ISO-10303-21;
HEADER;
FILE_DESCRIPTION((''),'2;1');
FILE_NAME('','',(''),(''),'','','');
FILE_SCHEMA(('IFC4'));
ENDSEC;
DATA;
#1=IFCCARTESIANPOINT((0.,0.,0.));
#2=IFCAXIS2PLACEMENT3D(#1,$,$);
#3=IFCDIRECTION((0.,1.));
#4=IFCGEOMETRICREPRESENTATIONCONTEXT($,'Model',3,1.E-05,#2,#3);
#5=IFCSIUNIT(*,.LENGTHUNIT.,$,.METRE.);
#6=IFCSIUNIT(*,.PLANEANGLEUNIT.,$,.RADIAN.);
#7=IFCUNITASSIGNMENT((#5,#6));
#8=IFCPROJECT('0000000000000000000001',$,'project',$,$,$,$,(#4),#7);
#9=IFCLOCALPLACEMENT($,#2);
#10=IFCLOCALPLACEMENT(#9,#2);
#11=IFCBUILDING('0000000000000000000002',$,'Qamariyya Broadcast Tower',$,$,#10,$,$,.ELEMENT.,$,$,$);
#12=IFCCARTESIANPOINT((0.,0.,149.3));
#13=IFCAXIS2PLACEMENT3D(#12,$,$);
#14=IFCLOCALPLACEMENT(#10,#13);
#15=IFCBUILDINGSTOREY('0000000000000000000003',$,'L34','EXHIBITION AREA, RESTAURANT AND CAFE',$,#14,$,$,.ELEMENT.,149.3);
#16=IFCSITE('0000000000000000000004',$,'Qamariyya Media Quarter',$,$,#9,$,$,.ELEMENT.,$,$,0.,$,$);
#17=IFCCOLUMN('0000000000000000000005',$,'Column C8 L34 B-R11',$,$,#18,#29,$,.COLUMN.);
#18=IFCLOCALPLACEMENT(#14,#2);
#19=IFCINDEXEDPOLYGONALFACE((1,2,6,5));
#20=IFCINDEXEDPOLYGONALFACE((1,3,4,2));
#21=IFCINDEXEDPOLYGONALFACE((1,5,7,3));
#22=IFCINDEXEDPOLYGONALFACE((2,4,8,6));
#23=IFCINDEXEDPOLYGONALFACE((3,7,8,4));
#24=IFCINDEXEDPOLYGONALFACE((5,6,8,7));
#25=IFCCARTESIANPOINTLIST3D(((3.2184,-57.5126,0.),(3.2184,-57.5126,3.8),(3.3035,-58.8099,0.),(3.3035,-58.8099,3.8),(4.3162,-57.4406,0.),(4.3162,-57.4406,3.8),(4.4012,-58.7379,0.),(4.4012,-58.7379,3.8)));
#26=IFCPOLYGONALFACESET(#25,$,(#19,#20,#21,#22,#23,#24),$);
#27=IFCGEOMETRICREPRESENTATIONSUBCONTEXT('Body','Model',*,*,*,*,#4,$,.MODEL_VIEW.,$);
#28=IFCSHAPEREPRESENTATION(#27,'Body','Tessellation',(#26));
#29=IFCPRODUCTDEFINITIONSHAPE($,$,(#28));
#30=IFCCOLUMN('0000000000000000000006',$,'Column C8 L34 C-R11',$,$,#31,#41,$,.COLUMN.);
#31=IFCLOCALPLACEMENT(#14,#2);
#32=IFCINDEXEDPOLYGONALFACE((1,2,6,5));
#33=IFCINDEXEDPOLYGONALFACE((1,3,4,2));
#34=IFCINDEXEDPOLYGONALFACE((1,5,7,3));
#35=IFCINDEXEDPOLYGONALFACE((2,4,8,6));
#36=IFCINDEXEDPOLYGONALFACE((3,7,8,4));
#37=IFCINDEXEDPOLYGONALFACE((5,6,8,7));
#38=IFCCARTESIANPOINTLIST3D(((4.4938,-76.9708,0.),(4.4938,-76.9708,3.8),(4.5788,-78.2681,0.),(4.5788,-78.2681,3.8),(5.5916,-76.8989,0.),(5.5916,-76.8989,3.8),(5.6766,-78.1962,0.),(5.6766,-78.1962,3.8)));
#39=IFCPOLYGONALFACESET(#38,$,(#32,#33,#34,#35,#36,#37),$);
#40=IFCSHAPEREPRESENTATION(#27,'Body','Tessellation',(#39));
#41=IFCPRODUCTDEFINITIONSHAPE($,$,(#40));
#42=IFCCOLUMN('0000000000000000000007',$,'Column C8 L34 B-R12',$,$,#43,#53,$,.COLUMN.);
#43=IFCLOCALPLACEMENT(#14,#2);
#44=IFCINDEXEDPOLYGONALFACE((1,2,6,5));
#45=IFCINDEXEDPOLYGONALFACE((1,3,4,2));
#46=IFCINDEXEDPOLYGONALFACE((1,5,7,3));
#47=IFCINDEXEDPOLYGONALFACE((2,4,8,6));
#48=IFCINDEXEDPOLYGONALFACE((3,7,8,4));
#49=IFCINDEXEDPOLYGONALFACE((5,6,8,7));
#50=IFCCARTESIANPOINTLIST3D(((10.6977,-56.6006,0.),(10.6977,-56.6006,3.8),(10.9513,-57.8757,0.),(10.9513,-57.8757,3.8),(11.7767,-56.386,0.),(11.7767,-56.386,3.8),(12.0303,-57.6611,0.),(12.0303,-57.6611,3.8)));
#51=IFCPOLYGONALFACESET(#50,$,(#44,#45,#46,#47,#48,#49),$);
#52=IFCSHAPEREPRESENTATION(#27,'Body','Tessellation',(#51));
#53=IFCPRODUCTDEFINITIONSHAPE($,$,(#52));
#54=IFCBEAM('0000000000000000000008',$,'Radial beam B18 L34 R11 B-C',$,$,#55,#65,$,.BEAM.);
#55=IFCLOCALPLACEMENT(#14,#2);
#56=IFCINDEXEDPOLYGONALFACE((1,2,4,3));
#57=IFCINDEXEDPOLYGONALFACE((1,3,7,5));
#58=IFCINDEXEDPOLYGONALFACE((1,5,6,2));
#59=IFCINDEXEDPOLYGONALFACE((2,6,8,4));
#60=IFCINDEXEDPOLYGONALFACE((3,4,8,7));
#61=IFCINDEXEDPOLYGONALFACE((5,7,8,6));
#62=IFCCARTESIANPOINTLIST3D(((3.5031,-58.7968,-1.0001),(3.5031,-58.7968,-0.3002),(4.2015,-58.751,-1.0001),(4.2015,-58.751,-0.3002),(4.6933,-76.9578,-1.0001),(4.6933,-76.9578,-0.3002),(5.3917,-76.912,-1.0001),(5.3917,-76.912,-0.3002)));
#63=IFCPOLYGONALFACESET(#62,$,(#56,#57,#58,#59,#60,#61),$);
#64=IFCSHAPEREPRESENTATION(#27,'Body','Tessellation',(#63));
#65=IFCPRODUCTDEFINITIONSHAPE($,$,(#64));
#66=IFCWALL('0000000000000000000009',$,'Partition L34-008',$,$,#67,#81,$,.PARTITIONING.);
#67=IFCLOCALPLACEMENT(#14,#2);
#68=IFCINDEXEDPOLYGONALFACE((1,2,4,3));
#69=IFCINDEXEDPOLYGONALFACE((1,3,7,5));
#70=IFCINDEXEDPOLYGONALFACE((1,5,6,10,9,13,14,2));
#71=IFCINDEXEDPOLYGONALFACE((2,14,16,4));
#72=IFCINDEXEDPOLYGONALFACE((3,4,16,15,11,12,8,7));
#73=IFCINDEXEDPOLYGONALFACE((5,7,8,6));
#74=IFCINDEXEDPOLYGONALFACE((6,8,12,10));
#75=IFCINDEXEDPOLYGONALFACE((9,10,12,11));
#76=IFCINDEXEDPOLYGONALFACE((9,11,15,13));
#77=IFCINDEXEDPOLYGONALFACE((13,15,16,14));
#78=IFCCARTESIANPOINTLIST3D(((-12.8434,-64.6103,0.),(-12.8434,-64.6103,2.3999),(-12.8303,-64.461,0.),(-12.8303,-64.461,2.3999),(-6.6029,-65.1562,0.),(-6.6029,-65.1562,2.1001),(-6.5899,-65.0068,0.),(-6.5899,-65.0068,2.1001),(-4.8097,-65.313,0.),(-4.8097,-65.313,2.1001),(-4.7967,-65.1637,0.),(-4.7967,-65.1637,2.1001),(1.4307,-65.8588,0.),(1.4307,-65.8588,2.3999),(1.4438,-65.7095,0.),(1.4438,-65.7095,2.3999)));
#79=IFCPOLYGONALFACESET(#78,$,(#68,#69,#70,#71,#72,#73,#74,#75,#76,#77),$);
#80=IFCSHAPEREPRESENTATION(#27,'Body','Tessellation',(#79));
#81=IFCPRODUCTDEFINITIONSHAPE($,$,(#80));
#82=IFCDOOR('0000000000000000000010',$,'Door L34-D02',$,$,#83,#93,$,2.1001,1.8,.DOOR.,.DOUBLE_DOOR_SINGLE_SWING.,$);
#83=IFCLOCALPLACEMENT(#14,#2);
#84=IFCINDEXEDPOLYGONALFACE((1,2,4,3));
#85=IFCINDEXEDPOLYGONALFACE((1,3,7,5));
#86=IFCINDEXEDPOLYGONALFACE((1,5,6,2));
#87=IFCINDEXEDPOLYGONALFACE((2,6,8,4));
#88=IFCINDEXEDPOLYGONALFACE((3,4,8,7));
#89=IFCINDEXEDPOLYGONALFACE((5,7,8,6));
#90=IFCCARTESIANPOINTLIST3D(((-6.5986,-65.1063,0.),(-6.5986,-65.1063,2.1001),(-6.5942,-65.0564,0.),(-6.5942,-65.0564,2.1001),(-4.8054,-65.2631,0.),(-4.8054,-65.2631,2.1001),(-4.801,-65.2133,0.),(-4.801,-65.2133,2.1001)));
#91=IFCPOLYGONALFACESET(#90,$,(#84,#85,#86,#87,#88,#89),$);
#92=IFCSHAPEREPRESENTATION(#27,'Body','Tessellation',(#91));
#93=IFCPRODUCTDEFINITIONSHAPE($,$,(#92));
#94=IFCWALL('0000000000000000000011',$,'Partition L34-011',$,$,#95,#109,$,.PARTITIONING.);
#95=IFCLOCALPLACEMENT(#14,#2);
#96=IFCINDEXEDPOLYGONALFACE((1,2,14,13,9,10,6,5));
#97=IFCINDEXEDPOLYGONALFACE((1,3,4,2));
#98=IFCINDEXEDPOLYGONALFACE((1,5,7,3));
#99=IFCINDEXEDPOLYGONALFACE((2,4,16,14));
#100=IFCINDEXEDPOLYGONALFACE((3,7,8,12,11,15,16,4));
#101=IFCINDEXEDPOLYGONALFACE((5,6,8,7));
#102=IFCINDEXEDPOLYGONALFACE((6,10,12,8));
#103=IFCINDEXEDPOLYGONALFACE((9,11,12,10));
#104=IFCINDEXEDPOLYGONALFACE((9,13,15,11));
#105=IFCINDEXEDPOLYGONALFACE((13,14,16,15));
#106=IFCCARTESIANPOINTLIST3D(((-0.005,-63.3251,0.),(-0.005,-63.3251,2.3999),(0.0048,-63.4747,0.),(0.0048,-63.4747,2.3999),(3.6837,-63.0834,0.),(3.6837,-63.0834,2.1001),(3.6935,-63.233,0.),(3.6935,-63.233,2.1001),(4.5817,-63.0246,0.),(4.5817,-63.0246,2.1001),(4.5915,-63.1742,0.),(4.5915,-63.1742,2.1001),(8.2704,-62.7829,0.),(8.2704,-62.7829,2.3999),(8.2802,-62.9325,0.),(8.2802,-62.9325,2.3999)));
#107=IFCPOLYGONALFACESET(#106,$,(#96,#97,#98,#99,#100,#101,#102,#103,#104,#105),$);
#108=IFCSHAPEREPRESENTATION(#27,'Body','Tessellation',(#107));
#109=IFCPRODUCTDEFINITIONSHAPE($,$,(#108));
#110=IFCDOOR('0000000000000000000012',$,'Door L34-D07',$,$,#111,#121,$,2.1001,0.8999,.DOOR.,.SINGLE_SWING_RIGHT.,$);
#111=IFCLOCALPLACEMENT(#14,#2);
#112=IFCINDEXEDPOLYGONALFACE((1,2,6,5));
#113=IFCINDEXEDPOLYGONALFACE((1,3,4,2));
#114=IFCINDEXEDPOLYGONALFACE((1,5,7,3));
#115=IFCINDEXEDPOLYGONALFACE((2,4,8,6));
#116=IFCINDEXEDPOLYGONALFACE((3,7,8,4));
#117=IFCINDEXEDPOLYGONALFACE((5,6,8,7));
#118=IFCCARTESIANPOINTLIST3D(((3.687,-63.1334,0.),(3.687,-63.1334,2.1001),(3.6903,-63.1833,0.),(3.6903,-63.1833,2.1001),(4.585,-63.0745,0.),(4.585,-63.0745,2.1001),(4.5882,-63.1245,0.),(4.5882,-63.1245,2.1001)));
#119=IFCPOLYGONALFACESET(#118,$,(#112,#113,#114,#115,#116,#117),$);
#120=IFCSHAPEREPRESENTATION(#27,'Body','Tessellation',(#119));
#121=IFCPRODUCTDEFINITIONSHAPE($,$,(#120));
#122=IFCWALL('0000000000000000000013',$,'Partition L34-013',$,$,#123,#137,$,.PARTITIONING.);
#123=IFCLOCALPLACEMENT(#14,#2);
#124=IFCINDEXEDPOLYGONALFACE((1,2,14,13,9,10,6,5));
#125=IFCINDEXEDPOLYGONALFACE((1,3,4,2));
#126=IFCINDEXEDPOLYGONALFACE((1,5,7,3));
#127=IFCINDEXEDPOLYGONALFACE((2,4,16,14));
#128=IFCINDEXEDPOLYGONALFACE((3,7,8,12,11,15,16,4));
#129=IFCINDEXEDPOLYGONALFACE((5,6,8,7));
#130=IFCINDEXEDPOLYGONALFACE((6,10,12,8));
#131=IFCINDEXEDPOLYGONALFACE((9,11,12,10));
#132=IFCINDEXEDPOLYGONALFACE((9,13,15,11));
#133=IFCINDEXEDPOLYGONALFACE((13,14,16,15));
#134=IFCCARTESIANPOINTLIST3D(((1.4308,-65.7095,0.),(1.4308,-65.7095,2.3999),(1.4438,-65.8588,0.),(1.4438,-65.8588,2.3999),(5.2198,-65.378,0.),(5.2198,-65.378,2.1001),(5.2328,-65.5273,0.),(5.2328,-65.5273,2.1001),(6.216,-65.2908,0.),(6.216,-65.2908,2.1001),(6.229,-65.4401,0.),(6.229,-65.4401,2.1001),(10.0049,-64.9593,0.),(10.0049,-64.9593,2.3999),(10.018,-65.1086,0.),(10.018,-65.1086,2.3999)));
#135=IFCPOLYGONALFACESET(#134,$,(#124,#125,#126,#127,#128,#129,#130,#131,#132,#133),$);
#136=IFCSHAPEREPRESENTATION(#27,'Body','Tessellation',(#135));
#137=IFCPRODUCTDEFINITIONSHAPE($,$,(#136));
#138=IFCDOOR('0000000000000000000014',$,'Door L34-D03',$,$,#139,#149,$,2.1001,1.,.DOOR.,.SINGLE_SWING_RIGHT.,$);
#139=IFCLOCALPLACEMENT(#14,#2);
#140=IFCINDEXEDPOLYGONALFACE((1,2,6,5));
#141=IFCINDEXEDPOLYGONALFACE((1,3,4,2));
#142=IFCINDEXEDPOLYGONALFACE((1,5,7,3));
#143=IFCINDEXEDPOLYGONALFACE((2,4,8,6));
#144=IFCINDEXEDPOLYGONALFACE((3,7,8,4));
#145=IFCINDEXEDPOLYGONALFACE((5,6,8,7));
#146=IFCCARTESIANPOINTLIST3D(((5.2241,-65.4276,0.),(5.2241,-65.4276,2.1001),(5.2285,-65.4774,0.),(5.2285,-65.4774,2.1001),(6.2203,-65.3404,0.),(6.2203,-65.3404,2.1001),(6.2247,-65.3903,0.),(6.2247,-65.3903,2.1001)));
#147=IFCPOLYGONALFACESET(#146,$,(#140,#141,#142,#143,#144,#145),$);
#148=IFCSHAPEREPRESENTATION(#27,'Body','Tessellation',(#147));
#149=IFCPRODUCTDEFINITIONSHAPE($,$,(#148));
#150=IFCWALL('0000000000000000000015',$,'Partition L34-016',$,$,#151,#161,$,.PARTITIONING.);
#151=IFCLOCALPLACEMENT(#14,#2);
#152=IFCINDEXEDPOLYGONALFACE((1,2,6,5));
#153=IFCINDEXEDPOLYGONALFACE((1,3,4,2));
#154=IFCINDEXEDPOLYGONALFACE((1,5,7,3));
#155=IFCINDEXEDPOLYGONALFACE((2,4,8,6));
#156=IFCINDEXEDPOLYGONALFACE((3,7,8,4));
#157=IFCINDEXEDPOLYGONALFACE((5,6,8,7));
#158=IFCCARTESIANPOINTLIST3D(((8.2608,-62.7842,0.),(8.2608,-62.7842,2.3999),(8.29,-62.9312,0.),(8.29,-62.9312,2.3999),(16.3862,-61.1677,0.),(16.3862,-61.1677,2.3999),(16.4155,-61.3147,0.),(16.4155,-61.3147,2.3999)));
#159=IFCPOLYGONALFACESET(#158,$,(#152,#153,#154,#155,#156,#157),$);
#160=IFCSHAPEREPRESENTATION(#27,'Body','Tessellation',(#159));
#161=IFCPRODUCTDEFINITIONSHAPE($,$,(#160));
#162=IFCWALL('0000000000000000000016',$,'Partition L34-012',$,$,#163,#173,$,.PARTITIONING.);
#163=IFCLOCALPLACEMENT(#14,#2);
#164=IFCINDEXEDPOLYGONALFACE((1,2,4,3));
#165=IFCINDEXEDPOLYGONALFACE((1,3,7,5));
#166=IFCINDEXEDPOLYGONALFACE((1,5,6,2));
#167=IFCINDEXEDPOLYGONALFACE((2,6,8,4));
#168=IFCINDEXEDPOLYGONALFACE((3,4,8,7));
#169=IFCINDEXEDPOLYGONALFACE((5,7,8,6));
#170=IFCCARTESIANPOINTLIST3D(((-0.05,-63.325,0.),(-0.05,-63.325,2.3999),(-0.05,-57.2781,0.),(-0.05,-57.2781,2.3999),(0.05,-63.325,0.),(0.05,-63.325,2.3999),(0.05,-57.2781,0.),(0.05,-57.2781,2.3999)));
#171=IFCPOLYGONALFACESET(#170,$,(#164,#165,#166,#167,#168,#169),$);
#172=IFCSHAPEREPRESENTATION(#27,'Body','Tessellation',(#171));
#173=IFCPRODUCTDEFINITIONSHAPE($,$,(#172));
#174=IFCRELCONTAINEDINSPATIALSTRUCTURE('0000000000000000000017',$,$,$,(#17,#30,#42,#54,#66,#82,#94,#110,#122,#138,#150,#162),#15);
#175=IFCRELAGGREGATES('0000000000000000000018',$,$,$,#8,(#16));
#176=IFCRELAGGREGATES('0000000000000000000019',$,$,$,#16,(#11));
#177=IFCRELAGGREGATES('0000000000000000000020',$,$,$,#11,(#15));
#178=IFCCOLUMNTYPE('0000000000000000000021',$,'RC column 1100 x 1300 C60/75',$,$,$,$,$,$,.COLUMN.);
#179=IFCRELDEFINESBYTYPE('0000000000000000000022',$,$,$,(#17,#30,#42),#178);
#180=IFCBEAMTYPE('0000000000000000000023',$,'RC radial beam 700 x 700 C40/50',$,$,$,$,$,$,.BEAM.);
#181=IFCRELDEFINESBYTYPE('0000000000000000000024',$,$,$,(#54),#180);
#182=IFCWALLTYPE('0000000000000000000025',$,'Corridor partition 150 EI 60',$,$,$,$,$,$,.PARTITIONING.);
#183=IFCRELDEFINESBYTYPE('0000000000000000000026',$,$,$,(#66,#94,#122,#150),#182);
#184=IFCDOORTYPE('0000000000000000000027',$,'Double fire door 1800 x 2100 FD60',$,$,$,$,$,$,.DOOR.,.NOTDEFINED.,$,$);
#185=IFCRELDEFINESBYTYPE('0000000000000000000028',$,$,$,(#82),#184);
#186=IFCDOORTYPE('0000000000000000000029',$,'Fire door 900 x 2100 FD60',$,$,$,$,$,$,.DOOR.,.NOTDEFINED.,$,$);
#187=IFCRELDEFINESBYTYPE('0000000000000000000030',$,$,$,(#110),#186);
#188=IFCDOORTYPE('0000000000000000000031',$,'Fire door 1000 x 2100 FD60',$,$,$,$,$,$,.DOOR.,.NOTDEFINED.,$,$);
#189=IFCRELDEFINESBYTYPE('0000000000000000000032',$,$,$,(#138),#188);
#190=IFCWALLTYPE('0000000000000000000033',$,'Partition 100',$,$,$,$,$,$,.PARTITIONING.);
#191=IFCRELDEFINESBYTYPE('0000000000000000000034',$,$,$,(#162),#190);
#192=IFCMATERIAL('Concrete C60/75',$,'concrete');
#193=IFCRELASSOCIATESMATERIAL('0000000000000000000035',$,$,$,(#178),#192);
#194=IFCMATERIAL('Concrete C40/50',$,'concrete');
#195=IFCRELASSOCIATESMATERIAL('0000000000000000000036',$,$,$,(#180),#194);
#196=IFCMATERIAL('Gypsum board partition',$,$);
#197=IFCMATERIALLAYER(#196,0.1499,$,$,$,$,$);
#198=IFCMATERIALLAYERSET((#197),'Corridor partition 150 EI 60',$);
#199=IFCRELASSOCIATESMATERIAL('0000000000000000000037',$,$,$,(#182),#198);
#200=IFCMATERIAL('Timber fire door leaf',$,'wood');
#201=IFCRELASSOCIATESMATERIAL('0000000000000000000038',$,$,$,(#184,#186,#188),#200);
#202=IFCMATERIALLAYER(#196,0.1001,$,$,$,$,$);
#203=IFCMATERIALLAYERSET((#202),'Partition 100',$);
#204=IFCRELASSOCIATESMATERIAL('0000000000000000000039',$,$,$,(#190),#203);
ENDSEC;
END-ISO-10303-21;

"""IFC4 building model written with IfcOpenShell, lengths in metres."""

from ifc_helpers import new_model, si_unit, direction, frame, frame_2d, origin, origin_2d, place, context, subcontext, project, spatial, rectangle, extrude, material, layer, layer_set, material_profile, profile_set, type_object, element, fill, save


model = new_model("IFC4")

# Units and contexts
model_context = context("Model", 3, precision=1e-05, world=origin(), true_north=direction((0.0, 1.0)))
body_context = subcontext(model_context, "Body", "Model", "MODEL_VIEW")
ifc_project = project(units=[si_unit("LENGTHUNIT", "METRE"), si_unit("PLANEANGLEUNIT", "RADIAN")], contexts=[model_context])

# Site, building, storey
site_placement = place(None, origin())
site = spatial("IfcSite", under=ifc_project, at=site_placement, Name="Qamariyya Media Quarter", CompositionType="ELEMENT", RefElevation=0.0)
building_placement = place(site_placement, origin())
building = spatial("IfcBuilding", under=site, at=building_placement, Name="Qamariyya Broadcast Tower", CompositionType="ELEMENT")
storey_placement = place(building_placement, frame((0.0, 0.0, 149.3)))
storey = spatial("IfcBuildingStorey", under=building, at=storey_placement, Name="L34", Description="EXHIBITION AREA, RESTAURANT AND CAFE", CompositionType="ELEMENT", Elevation=149.3)

# Columns
ifc_material_1 = material(Name="Concrete C60/75", Category="concrete")
ifc_material_profile_1 = material_profile(ifc_material_1, rectangle(XDim=1.1001, YDim=1.3, at=origin_2d()))
ifc_profile_set_1 = profile_set([ifc_material_profile_1], Name="Concrete C60/75")
column_type = type_object("IfcColumnType", Name="RC column 1100 x 1300 C60/75", PredefinedType="COLUMN", material=ifc_profile_set_1)
for number, where, z_axis, x_axis, name in (
    (1, (3.8098, -58.1252, 0.0), (0.0, 0.0, 1.0), (0.997859, 0.065403, 0.0), "Column C8 L34 B-R11"),
    (2, (5.0852, -77.5835, 0.0), (0.0, 0.0, 1.0), (0.997859, 0.065403, 0.0), "Column C8 L34 C-R11"),
    (3, (11.364, -57.1309, 0.0), (0.0, 0.0, 1.0), (0.980785, 0.19509, 0.0), "Column C8 L34 B-R12"),
):
    element("IfcColumn", number, at=place(storey_placement, frame(where, z_axis=z_axis, x_axis=x_axis)), inside=storey, type_object=column_type, Name=name, PredefinedType="COLUMN", context=body_context, shape_type="SweptSolid", body=[
        extrude(rectangle(XDim=1.1001, YDim=1.3, at=origin_2d()), origin(), (0.0, 0.0, 1.0), 3.8),
    ])

# Beam
ifc_material_2 = material(Name="Concrete C40/50", Category="concrete")
ifc_material_profile_2 = material_profile(ifc_material_2, rectangle(XDim=0.7, YDim=0.7, at=origin_2d()))
ifc_profile_set_2 = profile_set([ifc_material_profile_2], Name="Concrete C40/50")
beam_type = type_object("IfcBeamType", Name="RC radial beam 700 x 700 C40/50", PredefinedType="BEAM", material=ifc_profile_set_2)
beam_placement = place(storey_placement, frame((3.8523, -58.7739, -0.6501), z_axis=(0.065395, -0.997859, 0.0), x_axis=(0.997859, 0.065395, 0.0)))
element("IfcBeam", 4, at=beam_placement, inside=storey, type_object=beam_type, Name="Radial beam B18 L34 R11 B-C", PredefinedType="BEAM", context=body_context, shape_type="SweptSolid", body=[
    extrude(rectangle(XDim=0.7, YDim=0.7, at=origin_2d()), origin(), (0.0, 0.0, 1.0), 18.2),
])

# Walls, openings, doors
ifc_material_3 = material(Name="Gypsum board partition")
ifc_layer_1 = layer(ifc_material_3, 0.1499)
ifc_layer_set_1 = layer_set([ifc_layer_1], Name="Corridor partition 150 EI 60")
wall_type_1 = type_object("IfcWallType", Name="Corridor partition 150 EI 60", PredefinedType="PARTITIONING", material=ifc_layer_set_1)
wall_1_placement = place(storey_placement, frame((1.4373, -65.7842, 0.0), z_axis=(0.0, 0.0, 1.0), x_axis=(-0.996196, 0.087135, 0.0)))
wall_1 = element("IfcWall", 5, at=wall_1_placement, inside=storey, type_object=wall_type_1, Name="Partition L34-008", PredefinedType="PARTITIONING", context=body_context, shape_type="SweptSolid", body=[
    extrude(rectangle(XDim=14.3286, YDim=0.1499, at=frame_2d((7.1643, 0.0))), origin(), (0.0, 0.0, 1.0), 2.3999),
])
opening_1_placement = place(wall_1_placement, frame((6.2644, 0.0, 0.0)))
opening_1 = element("IfcOpeningElement", 6, at=opening_1_placement, cuts=wall_1, PredefinedType="OPENING", context=body_context, shape_type="SweptSolid", body=[
    extrude(rectangle(XDim=1.8, YDim=2.1001, at=frame_2d((0.8999, 1.05))), frame((0.0, 0.085, 0.0), z_axis=(0.0, -1.0, 0.0), x_axis=(1.0, 0.0, 0.0)), (0.0, 0.0, 1.0), 0.1699),
])
ifc_material_4 = material(Name="Timber fire door leaf", Category="wood")
door_type_1 = type_object("IfcDoorType", Name="Double fire door 1800 x 2100 FD60", OperationType="NOTDEFINED", PredefinedType="DOOR", material=ifc_material_4)
door_1_placement = place(opening_1_placement, origin())
door_1 = element("IfcDoor", 7, at=door_1_placement, inside=storey, type_object=door_type_1, Name="Door L34-D02", OperationType="DOUBLE_DOOR_SINGLE_SWING", OverallHeight=2.1001, OverallWidth=1.8, PredefinedType="DOOR", context=body_context, shape_type="SweptSolid", body=[
    extrude(rectangle(XDim=1.8, YDim=2.1001, at=frame_2d((0.8999, 1.05))), frame((0.0, 0.0249, 0.0), z_axis=(0.0, -1.0, 0.0), x_axis=(1.0, 0.0, 0.0)), (0.0, 0.0, 1.0), 0.05),
])
fill(opening_1, door_1)
wall_2_placement = place(storey_placement, frame((0.0, -63.3999, 0.0), z_axis=(0.0, 0.0, 1.0), x_axis=(0.99786, 0.065384, 0.0)))
wall_2 = element("IfcWall", 8, at=wall_2_placement, inside=storey, type_object=wall_type_1, Name="Partition L34-011", PredefinedType="PARTITIONING", context=body_context, shape_type="SweptSolid", body=[
    extrude(rectangle(XDim=8.2932, YDim=0.1499, at=frame_2d((4.1465, 0.0))), origin(), (0.0, 0.0, 1.0), 2.3999),
])
opening_2_placement = place(wall_2_placement, frame((3.6965, 0.0, 0.0)))
opening_2 = element("IfcOpeningElement", 9, at=opening_2_placement, cuts=wall_2, PredefinedType="OPENING", context=body_context, shape_type="SweptSolid", body=[
    extrude(rectangle(XDim=0.8999, YDim=2.1001, at=frame_2d((0.45, 1.05))), frame((0.0, 0.085, 0.0), z_axis=(0.0, -1.0, 0.0), x_axis=(1.0, 0.0, 0.0)), (0.0, 0.0, 1.0), 0.1699),
])
door_type_2 = type_object("IfcDoorType", Name="Fire door 900 x 2100 FD60", OperationType="NOTDEFINED", PredefinedType="DOOR", material=ifc_material_4)
door_2_placement = place(opening_2_placement, origin())
door_2 = element("IfcDoor", 10, at=door_2_placement, inside=storey, type_object=door_type_2, Name="Door L34-D07", OperationType="SINGLE_SWING_RIGHT", OverallHeight=2.1001, OverallWidth=0.8999, PredefinedType="DOOR", context=body_context, shape_type="SweptSolid", body=[
    extrude(rectangle(XDim=0.8999, YDim=2.1001, at=frame_2d((0.45, 1.05))), frame((0.0, 0.0249, 0.0), z_axis=(0.0, -1.0, 0.0), x_axis=(1.0, 0.0, 0.0)), (0.0, 0.0, 1.0), 0.05),
])
fill(opening_2, door_2)
wall_3_placement = place(storey_placement, frame((10.0115, -65.0339, 0.0), z_axis=(0.0, 0.0, 1.0), x_axis=(-0.996194, -0.087167, 0.0)))
wall_3 = element("IfcWall", 11, at=wall_3_placement, inside=storey, type_object=wall_type_1, Name="Partition L34-013", PredefinedType="PARTITIONING", context=body_context, shape_type="SweptSolid", body=[
    extrude(rectangle(XDim=8.6069, YDim=0.1499, at=frame_2d((4.3035, 0.0))), origin(), (0.0, 0.0, 1.0), 2.3999),
])
opening_3_placement = place(wall_3_placement, frame((3.8035, 0.0, 0.0)))
opening_3 = element("IfcOpeningElement", 12, at=opening_3_placement, cuts=wall_3, PredefinedType="OPENING", context=body_context, shape_type="SweptSolid", body=[
    extrude(rectangle(XDim=1.0, YDim=2.1001, at=frame_2d((0.5, 1.05))), frame((0.0, 0.085, 0.0), z_axis=(0.0, -1.0, 0.0), x_axis=(1.0, 0.0, 0.0)), (0.0, 0.0, 1.0), 0.1699),
])
door_type_3 = type_object("IfcDoorType", Name="Fire door 1000 x 2100 FD60", OperationType="NOTDEFINED", PredefinedType="DOOR", material=ifc_material_4)
door_3_placement = place(opening_3_placement, origin())
door_3 = element("IfcDoor", 13, at=door_3_placement, inside=storey, type_object=door_type_3, Name="Door L34-D03", OperationType="SINGLE_SWING_RIGHT", OverallHeight=2.1001, OverallWidth=1.0, PredefinedType="DOOR", context=body_context, shape_type="SweptSolid", body=[
    extrude(rectangle(XDim=1.0, YDim=2.1001, at=frame_2d((0.5, 1.05))), frame((0.0, 0.0249, 0.0), z_axis=(0.0, -1.0, 0.0), x_axis=(1.0, 0.0, 0.0)), (0.0, 0.0, 1.0), 0.05),
])
fill(opening_3, door_3)

# Walls
wall_4_placement = place(storey_placement, frame((8.2754, -62.8577, 0.0), z_axis=(0.0, 0.0, 1.0), x_axis=(0.980781, 0.195113, 0.0)))
element("IfcWall", 14, at=wall_4_placement, inside=storey, type_object=wall_type_1, Name="Partition L34-016", PredefinedType="PARTITIONING", context=body_context, shape_type="SweptSolid", body=[
    extrude(rectangle(XDim=8.2847, YDim=0.1499, at=frame_2d((4.1423, 0.0))), origin(), (0.0, 0.0, 1.0), 2.3999),
])
ifc_layer_2 = layer(ifc_material_3, 0.1001)
ifc_layer_set_2 = layer_set([ifc_layer_2], Name="Partition 100")
wall_type_2 = type_object("IfcWallType", Name="Partition 100", PredefinedType="PARTITIONING", material=ifc_layer_set_2)
wall_5_placement = place(storey_placement, frame((0.0, -57.2781, 0.0), z_axis=(0.0, 0.0, 1.0), x_axis=(0.0, -1.0, 0.0)))
element("IfcWall", 15, at=wall_5_placement, inside=storey, type_object=wall_type_2, Name="Partition L34-012", PredefinedType="PARTITIONING", context=body_context, shape_type="SweptSolid", body=[
    extrude(rectangle(XDim=6.0469, YDim=0.1001, at=frame_2d((3.0234, 0.0))), origin(), (0.0, 0.0, 1.0), 2.3999),
])

save(model, "model.ifc")
